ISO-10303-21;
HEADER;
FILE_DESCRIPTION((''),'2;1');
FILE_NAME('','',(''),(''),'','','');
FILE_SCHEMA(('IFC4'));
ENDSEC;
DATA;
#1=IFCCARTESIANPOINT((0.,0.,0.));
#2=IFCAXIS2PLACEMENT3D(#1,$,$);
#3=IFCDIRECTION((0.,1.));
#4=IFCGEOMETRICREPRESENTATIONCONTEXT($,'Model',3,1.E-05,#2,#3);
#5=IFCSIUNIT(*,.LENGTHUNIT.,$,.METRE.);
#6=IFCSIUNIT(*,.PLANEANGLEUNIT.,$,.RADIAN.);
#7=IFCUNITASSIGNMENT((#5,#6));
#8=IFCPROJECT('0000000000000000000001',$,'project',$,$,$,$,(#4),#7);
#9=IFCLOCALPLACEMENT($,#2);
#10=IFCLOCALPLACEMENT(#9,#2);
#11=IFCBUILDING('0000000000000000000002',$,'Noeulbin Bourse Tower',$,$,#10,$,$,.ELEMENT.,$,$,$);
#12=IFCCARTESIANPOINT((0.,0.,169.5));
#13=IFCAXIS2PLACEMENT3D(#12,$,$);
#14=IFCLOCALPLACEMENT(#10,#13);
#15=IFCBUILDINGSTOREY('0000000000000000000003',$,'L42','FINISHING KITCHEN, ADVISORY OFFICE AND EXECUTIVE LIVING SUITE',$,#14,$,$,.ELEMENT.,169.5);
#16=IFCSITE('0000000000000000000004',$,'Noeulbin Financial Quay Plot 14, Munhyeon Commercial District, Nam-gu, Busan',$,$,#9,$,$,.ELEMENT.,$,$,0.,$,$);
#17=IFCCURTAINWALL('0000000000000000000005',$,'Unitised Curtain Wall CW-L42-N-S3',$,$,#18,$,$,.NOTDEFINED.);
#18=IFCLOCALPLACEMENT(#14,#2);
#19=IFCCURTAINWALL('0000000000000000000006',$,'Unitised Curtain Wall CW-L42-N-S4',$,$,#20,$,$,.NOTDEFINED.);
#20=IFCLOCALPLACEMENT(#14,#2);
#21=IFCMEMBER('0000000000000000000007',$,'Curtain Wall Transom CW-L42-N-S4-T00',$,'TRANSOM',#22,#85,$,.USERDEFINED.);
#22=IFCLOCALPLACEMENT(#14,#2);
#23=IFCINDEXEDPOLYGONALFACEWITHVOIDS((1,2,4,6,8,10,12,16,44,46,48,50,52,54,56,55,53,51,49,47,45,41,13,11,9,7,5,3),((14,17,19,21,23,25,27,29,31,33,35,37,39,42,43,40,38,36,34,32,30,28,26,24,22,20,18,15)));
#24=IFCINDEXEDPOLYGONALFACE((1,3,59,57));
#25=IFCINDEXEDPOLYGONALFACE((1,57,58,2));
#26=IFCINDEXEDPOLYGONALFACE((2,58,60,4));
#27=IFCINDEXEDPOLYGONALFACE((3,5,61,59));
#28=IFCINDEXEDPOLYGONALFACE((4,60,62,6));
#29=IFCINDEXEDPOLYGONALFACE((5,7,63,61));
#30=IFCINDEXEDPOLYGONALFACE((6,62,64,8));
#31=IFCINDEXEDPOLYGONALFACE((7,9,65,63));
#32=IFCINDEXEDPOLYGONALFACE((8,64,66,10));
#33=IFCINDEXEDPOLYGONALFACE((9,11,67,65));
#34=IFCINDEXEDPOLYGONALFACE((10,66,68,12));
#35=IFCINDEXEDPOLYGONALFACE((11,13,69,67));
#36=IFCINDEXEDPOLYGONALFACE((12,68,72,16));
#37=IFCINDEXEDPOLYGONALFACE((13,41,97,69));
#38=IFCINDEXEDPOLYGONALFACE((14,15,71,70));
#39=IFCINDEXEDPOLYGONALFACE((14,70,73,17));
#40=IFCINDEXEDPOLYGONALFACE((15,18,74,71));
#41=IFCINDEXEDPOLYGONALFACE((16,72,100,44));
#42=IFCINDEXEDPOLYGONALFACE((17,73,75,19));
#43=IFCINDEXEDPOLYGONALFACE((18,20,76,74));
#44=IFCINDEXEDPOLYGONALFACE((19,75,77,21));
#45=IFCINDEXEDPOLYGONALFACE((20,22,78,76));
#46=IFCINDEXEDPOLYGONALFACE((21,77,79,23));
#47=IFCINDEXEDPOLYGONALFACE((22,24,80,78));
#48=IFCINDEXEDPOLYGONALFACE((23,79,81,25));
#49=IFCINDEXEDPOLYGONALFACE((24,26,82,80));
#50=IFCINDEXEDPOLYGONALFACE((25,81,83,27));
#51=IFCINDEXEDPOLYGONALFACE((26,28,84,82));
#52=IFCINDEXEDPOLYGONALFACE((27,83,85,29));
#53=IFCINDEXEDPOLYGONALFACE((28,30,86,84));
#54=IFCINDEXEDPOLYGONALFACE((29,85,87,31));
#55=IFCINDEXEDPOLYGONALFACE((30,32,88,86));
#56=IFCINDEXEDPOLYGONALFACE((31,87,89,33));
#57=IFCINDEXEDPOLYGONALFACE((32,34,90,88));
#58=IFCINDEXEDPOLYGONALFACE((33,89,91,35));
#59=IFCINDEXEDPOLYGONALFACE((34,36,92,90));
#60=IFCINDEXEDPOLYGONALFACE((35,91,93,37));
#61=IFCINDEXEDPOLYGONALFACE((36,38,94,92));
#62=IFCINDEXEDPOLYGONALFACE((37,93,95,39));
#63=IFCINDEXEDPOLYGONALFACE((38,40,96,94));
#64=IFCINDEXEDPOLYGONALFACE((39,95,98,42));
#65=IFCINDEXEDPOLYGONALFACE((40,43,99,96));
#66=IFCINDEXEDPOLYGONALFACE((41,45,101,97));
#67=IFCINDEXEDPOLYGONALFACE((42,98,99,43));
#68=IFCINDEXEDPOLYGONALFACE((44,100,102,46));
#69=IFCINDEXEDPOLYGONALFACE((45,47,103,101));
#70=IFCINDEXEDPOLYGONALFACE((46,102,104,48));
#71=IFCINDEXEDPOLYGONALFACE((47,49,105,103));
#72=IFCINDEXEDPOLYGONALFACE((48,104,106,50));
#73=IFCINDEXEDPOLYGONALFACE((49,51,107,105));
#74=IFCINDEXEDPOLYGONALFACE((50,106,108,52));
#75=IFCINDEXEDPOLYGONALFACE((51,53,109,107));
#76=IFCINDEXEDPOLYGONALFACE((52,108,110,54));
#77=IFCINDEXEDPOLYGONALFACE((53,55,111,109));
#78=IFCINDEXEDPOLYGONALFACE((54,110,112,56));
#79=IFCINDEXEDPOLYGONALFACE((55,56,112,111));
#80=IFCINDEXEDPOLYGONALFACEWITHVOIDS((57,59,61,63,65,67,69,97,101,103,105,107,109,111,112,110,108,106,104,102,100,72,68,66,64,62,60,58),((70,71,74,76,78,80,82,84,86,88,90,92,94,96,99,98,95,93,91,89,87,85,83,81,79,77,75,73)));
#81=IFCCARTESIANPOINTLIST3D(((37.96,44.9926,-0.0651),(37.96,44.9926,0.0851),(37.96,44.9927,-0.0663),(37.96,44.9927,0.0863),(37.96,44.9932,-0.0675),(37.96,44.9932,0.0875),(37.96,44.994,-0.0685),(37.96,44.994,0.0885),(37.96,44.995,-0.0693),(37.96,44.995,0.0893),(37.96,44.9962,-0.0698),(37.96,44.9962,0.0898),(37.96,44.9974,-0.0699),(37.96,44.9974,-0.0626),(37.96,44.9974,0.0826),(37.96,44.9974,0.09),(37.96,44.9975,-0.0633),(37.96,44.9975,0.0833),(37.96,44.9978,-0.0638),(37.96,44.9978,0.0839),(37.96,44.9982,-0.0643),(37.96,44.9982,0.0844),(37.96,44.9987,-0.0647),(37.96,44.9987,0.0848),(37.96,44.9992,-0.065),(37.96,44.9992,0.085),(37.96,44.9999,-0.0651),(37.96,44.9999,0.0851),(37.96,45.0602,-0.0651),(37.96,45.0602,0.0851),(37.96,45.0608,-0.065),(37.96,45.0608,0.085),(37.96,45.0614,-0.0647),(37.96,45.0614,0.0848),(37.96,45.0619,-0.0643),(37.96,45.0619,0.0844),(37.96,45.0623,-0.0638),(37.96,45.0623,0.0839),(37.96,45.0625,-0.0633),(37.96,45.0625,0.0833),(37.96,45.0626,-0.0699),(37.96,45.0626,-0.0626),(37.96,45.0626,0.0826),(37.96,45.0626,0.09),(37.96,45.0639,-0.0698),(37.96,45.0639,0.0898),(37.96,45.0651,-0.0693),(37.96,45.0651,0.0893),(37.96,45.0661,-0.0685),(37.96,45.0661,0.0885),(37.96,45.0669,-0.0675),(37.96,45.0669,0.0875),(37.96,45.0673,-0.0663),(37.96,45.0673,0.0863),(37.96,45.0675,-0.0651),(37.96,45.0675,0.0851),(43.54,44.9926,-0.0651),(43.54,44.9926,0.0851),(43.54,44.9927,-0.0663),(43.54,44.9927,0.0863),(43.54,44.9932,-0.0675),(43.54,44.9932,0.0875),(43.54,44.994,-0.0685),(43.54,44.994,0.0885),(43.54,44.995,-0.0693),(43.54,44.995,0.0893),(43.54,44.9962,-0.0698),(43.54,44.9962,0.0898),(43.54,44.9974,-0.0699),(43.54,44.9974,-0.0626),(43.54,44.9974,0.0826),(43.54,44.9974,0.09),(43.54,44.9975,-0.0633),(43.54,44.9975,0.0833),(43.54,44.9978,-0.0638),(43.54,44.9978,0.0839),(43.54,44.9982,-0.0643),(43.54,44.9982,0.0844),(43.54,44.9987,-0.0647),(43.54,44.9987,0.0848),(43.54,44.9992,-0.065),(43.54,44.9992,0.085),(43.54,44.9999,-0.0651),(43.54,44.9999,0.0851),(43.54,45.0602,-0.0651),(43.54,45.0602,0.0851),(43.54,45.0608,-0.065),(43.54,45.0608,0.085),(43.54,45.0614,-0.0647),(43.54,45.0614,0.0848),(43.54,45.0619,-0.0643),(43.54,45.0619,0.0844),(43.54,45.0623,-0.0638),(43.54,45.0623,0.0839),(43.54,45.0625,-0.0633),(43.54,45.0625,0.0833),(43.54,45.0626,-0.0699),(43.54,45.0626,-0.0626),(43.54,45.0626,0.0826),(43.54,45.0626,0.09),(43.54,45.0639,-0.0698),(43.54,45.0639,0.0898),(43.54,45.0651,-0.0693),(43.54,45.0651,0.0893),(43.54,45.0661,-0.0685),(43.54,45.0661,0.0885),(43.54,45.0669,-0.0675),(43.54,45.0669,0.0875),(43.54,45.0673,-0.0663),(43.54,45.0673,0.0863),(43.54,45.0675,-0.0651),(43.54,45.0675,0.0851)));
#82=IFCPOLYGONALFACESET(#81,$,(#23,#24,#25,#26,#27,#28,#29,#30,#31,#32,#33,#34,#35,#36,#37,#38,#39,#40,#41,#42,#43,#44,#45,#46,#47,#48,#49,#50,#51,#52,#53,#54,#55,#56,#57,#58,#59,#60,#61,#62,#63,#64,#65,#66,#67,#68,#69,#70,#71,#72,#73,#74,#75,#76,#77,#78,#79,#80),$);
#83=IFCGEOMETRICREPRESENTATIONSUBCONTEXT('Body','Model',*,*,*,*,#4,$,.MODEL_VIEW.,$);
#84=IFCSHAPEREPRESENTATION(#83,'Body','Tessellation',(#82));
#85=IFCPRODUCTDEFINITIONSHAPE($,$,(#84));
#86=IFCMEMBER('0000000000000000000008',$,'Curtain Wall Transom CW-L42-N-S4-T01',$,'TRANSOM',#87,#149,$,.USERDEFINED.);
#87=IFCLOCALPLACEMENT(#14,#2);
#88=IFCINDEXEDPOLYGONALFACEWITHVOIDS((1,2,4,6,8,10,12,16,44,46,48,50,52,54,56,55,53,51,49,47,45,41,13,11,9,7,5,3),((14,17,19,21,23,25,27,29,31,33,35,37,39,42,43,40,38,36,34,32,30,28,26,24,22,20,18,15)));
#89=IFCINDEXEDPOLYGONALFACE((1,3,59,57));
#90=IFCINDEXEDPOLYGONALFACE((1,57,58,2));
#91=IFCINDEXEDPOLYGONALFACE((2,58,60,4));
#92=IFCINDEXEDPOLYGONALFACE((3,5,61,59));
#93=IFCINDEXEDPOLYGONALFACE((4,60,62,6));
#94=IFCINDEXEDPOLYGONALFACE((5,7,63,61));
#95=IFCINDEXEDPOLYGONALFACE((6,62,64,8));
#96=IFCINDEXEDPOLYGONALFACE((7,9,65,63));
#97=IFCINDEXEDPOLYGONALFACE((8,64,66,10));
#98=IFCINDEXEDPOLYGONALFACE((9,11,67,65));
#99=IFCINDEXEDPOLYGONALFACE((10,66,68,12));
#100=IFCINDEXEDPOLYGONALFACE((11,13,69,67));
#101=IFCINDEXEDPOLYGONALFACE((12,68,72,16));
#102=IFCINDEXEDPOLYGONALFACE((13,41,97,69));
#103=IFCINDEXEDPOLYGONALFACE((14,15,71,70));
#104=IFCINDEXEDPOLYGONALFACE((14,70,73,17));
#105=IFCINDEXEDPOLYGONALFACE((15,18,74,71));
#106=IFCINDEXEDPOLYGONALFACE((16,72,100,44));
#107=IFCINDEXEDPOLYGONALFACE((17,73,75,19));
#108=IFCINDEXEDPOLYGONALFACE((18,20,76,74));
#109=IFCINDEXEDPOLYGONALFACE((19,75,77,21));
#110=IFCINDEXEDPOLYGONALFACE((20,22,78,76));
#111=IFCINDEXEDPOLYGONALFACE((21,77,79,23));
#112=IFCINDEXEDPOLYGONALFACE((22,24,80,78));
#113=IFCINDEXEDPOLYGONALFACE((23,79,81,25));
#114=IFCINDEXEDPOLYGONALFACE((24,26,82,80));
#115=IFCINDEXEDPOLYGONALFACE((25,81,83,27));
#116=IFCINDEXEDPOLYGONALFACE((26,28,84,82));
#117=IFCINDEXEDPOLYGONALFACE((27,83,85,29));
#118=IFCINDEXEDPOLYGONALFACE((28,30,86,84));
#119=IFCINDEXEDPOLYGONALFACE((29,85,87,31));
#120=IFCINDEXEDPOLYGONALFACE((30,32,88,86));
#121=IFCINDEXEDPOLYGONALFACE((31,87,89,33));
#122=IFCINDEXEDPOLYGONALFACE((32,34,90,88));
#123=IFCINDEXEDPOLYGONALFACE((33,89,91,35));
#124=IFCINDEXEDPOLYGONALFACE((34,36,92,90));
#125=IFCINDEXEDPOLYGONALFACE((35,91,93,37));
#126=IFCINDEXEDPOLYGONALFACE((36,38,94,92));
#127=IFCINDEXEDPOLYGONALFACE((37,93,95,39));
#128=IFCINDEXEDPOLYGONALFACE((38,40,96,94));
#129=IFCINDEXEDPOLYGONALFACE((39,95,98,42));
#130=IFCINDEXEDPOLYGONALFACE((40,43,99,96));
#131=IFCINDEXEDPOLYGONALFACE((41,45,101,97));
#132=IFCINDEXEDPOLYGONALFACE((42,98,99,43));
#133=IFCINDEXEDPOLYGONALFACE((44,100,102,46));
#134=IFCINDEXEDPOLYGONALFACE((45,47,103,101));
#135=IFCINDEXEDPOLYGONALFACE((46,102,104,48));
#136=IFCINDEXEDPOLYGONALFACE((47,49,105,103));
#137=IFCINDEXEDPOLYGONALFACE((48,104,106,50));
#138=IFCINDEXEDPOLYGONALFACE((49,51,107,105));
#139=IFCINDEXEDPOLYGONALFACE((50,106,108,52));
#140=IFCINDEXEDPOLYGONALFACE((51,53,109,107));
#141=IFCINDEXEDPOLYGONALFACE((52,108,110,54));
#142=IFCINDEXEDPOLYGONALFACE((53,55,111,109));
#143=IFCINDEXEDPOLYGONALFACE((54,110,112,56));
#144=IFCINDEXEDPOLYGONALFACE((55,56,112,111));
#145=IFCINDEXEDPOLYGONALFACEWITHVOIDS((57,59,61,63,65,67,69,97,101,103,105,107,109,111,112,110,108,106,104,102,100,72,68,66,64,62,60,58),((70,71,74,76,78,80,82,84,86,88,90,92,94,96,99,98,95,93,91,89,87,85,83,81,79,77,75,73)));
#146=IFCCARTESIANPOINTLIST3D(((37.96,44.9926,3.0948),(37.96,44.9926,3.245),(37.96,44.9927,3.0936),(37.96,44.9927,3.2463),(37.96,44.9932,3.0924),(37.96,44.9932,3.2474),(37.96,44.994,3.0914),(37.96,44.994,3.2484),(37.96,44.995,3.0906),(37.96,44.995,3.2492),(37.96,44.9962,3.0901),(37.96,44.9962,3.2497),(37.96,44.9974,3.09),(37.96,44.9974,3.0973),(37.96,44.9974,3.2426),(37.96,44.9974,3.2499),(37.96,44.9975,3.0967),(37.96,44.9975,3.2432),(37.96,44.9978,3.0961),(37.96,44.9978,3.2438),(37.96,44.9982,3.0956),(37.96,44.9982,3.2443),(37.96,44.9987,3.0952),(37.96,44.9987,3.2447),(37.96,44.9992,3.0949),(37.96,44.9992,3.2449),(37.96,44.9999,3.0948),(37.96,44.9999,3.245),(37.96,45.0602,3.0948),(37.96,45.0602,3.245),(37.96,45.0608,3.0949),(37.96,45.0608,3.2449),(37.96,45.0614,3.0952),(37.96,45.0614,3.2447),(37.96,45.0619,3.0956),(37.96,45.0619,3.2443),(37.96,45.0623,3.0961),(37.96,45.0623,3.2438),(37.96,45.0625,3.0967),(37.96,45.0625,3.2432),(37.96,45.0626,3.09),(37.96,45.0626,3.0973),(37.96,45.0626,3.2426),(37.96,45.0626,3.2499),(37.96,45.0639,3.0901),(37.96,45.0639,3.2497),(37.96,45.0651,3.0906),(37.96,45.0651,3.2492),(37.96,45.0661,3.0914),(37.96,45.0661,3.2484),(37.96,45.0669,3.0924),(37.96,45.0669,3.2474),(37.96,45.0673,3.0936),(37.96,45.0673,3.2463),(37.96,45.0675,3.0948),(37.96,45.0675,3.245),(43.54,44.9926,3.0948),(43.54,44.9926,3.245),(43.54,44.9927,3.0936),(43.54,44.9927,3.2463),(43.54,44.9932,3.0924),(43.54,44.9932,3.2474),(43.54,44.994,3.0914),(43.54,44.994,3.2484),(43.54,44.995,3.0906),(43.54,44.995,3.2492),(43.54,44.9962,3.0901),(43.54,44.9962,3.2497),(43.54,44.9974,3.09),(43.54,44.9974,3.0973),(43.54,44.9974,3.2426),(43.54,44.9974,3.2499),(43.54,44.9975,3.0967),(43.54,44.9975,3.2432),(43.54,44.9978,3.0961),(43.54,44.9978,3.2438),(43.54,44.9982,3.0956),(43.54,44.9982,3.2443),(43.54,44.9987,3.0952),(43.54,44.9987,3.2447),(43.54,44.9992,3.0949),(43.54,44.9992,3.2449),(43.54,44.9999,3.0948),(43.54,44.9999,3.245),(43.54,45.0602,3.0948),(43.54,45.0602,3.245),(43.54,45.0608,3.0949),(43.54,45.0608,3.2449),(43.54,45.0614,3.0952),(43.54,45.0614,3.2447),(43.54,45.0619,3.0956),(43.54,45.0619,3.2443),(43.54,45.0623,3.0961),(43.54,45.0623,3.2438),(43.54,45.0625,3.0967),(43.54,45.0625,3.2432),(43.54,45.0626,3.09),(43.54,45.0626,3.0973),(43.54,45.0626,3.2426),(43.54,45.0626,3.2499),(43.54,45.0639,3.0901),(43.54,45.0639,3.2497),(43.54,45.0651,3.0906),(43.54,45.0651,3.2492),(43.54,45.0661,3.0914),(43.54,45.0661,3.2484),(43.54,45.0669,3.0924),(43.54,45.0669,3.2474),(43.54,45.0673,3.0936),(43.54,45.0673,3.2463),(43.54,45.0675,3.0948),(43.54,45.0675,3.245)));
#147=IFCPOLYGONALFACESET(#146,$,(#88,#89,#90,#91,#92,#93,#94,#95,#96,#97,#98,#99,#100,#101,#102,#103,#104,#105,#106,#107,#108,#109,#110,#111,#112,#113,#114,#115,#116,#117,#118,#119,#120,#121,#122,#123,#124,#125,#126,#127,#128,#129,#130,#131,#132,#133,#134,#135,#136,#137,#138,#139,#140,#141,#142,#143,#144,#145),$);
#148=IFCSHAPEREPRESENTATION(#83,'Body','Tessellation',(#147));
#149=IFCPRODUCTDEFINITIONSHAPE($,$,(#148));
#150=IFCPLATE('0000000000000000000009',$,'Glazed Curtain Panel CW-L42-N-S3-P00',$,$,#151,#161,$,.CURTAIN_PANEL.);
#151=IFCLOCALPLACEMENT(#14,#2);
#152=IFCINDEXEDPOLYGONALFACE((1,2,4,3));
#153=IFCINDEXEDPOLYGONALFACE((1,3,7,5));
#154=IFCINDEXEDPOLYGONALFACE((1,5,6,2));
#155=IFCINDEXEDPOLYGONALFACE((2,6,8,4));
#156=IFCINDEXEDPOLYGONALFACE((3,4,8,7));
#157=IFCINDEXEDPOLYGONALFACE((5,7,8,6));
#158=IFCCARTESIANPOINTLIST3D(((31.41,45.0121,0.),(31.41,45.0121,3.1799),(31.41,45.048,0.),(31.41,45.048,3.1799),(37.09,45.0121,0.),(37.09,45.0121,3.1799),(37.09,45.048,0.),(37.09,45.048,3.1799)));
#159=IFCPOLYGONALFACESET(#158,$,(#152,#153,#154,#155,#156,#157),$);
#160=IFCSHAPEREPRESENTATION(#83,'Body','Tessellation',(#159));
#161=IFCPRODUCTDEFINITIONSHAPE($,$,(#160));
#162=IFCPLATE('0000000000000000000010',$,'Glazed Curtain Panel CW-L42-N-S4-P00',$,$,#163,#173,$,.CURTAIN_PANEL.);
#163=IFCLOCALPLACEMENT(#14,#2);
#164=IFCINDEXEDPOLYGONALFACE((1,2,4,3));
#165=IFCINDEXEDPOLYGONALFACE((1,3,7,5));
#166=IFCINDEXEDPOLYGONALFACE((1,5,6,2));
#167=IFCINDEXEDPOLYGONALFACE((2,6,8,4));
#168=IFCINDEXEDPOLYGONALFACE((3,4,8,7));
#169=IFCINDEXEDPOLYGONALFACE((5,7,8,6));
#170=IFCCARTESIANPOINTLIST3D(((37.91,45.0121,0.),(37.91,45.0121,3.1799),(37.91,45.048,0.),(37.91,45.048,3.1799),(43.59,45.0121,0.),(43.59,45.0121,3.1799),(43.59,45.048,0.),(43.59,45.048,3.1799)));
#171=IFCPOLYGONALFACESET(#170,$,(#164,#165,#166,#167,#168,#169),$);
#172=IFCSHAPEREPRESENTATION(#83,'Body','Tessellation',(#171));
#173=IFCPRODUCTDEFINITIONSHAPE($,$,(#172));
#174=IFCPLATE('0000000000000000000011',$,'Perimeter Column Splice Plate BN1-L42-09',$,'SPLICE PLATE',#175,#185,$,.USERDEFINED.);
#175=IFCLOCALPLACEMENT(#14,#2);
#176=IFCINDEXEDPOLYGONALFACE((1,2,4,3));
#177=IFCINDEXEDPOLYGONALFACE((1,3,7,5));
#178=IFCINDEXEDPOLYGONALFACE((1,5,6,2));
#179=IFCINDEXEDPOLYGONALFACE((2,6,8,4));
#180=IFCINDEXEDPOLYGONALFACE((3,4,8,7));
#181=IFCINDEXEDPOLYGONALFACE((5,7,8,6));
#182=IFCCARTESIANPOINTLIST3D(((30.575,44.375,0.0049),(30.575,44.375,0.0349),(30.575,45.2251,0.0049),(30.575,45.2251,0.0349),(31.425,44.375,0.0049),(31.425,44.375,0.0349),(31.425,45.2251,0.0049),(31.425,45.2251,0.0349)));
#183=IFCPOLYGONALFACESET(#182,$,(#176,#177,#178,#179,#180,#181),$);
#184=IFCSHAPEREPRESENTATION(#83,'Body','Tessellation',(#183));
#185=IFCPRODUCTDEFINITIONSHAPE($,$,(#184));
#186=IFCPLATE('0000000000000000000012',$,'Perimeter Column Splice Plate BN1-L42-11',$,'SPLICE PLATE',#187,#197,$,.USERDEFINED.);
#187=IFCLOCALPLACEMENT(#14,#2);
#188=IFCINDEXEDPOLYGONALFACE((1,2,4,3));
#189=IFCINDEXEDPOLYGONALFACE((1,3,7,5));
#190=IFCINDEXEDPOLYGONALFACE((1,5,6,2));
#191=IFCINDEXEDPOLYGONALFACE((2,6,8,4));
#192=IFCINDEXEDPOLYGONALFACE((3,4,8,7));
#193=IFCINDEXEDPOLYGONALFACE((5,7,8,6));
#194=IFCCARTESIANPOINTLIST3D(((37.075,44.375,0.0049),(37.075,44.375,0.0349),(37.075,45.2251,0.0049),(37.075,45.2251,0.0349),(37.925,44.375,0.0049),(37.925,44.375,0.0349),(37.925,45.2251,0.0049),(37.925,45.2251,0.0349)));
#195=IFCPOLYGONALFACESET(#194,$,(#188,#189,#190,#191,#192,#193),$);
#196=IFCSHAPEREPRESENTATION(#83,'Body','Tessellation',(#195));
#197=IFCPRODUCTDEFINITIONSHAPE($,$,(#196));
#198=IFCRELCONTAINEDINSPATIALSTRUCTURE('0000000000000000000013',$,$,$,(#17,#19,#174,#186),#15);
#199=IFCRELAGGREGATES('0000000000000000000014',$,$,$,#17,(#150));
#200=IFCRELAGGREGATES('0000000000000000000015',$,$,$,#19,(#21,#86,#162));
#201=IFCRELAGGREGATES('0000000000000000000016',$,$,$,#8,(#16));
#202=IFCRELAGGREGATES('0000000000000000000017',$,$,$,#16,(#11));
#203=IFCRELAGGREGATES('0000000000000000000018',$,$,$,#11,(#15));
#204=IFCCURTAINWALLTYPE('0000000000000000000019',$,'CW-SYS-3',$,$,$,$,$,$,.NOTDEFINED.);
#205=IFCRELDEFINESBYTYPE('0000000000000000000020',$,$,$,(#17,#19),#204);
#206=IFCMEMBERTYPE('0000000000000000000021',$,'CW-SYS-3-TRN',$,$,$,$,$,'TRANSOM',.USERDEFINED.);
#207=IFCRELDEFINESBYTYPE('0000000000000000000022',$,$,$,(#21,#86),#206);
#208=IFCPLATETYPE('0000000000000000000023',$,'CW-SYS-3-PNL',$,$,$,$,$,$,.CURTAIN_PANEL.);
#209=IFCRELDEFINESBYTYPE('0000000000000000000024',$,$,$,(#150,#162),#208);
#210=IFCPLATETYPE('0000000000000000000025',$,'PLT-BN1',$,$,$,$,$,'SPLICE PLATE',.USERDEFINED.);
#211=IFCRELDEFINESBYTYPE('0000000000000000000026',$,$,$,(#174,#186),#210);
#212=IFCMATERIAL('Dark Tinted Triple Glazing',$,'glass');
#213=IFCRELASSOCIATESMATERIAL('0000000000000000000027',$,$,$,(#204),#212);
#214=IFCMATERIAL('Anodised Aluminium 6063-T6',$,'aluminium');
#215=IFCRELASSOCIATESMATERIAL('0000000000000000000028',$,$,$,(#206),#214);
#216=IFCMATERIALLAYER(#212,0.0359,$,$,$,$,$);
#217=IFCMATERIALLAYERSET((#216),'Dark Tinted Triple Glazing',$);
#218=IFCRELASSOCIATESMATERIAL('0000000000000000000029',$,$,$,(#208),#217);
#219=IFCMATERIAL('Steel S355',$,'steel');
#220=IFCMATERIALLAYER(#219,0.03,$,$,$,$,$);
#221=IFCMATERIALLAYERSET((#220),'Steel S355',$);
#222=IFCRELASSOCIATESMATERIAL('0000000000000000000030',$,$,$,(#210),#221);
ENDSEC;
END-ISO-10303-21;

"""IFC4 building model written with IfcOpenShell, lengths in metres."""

from ifc_helpers import new_model, si_unit, direction, frame, origin, origin_2d, place, context, subcontext, project, spatial, rectangle, hollow_rectangle, extrude, material, layer, layer_set, material_profile, profile_set, type_object, element, aggregate, save


model = new_model("IFC4")

# Units and contexts
model_context = context("Model", 3, precision=1e-05, world=origin(), true_north=direction((0.0, 1.0)))
body_context = subcontext(model_context, "Body", "Model", "MODEL_VIEW")
ifc_project = project(units=[si_unit("LENGTHUNIT", "METRE"), si_unit("PLANEANGLEUNIT", "RADIAN")], contexts=[model_context])

# Site, building, storey
site_placement = place(None, origin())
site = spatial("IfcSite", under=ifc_project, at=site_placement, Name="Noeulbin Financial Quay Plot 14, Munhyeon Commercial District, Nam-gu, Busan", CompositionType="ELEMENT", RefElevation=0.0)
building_placement = place(site_placement, origin())
building = spatial("IfcBuilding", under=site, at=building_placement, Name="Noeulbin Bourse Tower", CompositionType="ELEMENT")
storey_placement = place(building_placement, frame((0.0, 0.0, 169.5)))
storey = spatial("IfcBuildingStorey", under=building, at=storey_placement, Name="L42", Description="FINISHING KITCHEN, ADVISORY OFFICE AND EXECUTIVE LIVING SUITE", CompositionType="ELEMENT", Elevation=169.5)

# Shared definitions
ifc_material_1 = material(Name="Steel S355", Category="steel")

# Curtain wall
ifc_material_2 = material(Name="Dark Tinted Triple Glazing", Category="glass")
curtain_wall_type = type_object("IfcCurtainWallType", Name="CW-SYS-3", PredefinedType="NOTDEFINED", material=ifc_material_2)
curtain_wall_1_placement = place(storey_placement, origin())
curtain_wall_1 = element("IfcCurtainWall", 1, at=curtain_wall_1_placement, inside=storey, type_object=curtain_wall_type, Name="Unitised Curtain Wall CW-L42-N-S3", PredefinedType="NOTDEFINED")
ifc_material_3 = material(Name="Anodised Aluminium 6063-T6", Category="aluminium")

# Curtain wall
curtain_wall_2_placement = place(storey_placement, origin())
curtain_wall_2 = element("IfcCurtainWall", 2, at=curtain_wall_2_placement, inside=storey, type_object=curtain_wall_type, Name="Unitised Curtain Wall CW-L42-N-S4", PredefinedType="NOTDEFINED")

# Members
ifc_material_profile_1 = material_profile(ifc_material_3, hollow_rectangle(XDim=0.075, YDim=0.1599, WallThickness=0.0049, InnerFilletRadius=0.0024, OuterFilletRadius=0.0049, at=origin_2d()), Name="ALU-TRAN-75x160x5", Category="LoadBearing")
ifc_profile_set_1 = profile_set([ifc_material_profile_1], Name="Anodised Aluminium 6063-T6")
member_type_1 = type_object("IfcMemberType", Name="CW-SYS-3-TRN", ElementType="TRANSOM", PredefinedType="USERDEFINED", material=ifc_profile_set_1)
member_1_placement = place(storey_placement, frame((37.96, 45.03, 0.01), z_axis=(1.0, 0.0, 0.0), x_axis=(0.0, 1.0, 0.0)))
member_1 = element("IfcMember", 3, at=member_1_placement, type_object=member_type_1, Name="Curtain Wall Transom CW-L42-N-S4-T00", ObjectType="TRANSOM", PredefinedType="USERDEFINED", context=body_context, shape_type="SweptSolid", body=[
    extrude(hollow_rectangle(XDim=0.075, YDim=0.1599, WallThickness=0.0049, InnerFilletRadius=0.0024, OuterFilletRadius=0.0049, at=origin_2d()), origin(), (0.0, 0.0, 1.0), 5.5801),
])
member_2_placement = place(storey_placement, frame((37.96, 45.03, 3.1699), z_axis=(1.0, 0.0, 0.0), x_axis=(0.0, 1.0, 0.0)))
member_2 = element("IfcMember", 4, at=member_2_placement, type_object=member_type_1, Name="Curtain Wall Transom CW-L42-N-S4-T01", ObjectType="TRANSOM", PredefinedType="USERDEFINED", context=body_context, shape_type="SweptSolid", body=[
    extrude(hollow_rectangle(XDim=0.075, YDim=0.1599, WallThickness=0.0049, InnerFilletRadius=0.0024, OuterFilletRadius=0.0049, at=origin_2d()), origin(), (0.0, 0.0, 1.0), 5.5801),
])

# Plates
ifc_layer_1 = layer(ifc_material_2, 0.0359)
ifc_layer_set_1 = layer_set([ifc_layer_1], Name="Dark Tinted Triple Glazing")
plate_type_1 = type_object("IfcPlateType", Name="CW-SYS-3-PNL", PredefinedType="CURTAIN_PANEL", material=ifc_layer_set_1)
plate_1_placement = place(storey_placement, frame((34.25, 45.03, 0.0), z_axis=(0.0, 0.0, 1.0), x_axis=(1.0, 0.0, 0.0)))
plate_1 = element("IfcPlate", 5, at=plate_1_placement, type_object=plate_type_1, Name="Glazed Curtain Panel CW-L42-N-S3-P00", PredefinedType="CURTAIN_PANEL", context=body_context, shape_type="SweptSolid", body=[
    extrude(rectangle(XDim=5.6799, YDim=0.0359, at=origin_2d()), origin(), (0.0, 0.0, 1.0), 3.1799),
])
aggregate(curtain_wall_1, [plate_1])
plate_2_placement = place(storey_placement, frame((40.75, 45.03, 0.0), z_axis=(0.0, 0.0, 1.0), x_axis=(1.0, 0.0, 0.0)))
plate_2 = element("IfcPlate", 6, at=plate_2_placement, type_object=plate_type_1, Name="Glazed Curtain Panel CW-L42-N-S4-P00", PredefinedType="CURTAIN_PANEL", context=body_context, shape_type="SweptSolid", body=[
    extrude(rectangle(XDim=5.6799, YDim=0.0359, at=origin_2d()), origin(), (0.0, 0.0, 1.0), 3.1799),
])
aggregate(curtain_wall_2, [member_1, member_2, plate_2])

# Plates
ifc_layer_2 = layer(ifc_material_1, 0.03)
ifc_layer_set_2 = layer_set([ifc_layer_2], Name="Steel S355")
plate_type_2 = type_object("IfcPlateType", Name="PLT-BN1", ElementType="SPLICE PLATE", PredefinedType="USERDEFINED", material=ifc_layer_set_2)
for number, where, z_axis, x_axis, name in (
    (7, (31.0, 44.8, 0.0049), (0.0, 0.0, 1.0), (1.0, 0.0, 0.0), "Perimeter Column Splice Plate BN1-L42-09"),
    (8, (37.5, 44.8, 0.0049), (0.0, 0.0, 1.0), (1.0, 0.0, 0.0), "Perimeter Column Splice Plate BN1-L42-11"),
):
    element("IfcPlate", number, at=place(storey_placement, frame(where, z_axis=z_axis, x_axis=x_axis)), inside=storey, type_object=plate_type_2, Name=name, ObjectType="SPLICE PLATE", PredefinedType="USERDEFINED", context=body_context, shape_type="SweptSolid", body=[
        extrude(rectangle(XDim=0.8501, YDim=0.8501, at=origin_2d()), origin(), (0.0, 0.0, 1.0), 0.03),
    ])

save(model, "model.ifc")
